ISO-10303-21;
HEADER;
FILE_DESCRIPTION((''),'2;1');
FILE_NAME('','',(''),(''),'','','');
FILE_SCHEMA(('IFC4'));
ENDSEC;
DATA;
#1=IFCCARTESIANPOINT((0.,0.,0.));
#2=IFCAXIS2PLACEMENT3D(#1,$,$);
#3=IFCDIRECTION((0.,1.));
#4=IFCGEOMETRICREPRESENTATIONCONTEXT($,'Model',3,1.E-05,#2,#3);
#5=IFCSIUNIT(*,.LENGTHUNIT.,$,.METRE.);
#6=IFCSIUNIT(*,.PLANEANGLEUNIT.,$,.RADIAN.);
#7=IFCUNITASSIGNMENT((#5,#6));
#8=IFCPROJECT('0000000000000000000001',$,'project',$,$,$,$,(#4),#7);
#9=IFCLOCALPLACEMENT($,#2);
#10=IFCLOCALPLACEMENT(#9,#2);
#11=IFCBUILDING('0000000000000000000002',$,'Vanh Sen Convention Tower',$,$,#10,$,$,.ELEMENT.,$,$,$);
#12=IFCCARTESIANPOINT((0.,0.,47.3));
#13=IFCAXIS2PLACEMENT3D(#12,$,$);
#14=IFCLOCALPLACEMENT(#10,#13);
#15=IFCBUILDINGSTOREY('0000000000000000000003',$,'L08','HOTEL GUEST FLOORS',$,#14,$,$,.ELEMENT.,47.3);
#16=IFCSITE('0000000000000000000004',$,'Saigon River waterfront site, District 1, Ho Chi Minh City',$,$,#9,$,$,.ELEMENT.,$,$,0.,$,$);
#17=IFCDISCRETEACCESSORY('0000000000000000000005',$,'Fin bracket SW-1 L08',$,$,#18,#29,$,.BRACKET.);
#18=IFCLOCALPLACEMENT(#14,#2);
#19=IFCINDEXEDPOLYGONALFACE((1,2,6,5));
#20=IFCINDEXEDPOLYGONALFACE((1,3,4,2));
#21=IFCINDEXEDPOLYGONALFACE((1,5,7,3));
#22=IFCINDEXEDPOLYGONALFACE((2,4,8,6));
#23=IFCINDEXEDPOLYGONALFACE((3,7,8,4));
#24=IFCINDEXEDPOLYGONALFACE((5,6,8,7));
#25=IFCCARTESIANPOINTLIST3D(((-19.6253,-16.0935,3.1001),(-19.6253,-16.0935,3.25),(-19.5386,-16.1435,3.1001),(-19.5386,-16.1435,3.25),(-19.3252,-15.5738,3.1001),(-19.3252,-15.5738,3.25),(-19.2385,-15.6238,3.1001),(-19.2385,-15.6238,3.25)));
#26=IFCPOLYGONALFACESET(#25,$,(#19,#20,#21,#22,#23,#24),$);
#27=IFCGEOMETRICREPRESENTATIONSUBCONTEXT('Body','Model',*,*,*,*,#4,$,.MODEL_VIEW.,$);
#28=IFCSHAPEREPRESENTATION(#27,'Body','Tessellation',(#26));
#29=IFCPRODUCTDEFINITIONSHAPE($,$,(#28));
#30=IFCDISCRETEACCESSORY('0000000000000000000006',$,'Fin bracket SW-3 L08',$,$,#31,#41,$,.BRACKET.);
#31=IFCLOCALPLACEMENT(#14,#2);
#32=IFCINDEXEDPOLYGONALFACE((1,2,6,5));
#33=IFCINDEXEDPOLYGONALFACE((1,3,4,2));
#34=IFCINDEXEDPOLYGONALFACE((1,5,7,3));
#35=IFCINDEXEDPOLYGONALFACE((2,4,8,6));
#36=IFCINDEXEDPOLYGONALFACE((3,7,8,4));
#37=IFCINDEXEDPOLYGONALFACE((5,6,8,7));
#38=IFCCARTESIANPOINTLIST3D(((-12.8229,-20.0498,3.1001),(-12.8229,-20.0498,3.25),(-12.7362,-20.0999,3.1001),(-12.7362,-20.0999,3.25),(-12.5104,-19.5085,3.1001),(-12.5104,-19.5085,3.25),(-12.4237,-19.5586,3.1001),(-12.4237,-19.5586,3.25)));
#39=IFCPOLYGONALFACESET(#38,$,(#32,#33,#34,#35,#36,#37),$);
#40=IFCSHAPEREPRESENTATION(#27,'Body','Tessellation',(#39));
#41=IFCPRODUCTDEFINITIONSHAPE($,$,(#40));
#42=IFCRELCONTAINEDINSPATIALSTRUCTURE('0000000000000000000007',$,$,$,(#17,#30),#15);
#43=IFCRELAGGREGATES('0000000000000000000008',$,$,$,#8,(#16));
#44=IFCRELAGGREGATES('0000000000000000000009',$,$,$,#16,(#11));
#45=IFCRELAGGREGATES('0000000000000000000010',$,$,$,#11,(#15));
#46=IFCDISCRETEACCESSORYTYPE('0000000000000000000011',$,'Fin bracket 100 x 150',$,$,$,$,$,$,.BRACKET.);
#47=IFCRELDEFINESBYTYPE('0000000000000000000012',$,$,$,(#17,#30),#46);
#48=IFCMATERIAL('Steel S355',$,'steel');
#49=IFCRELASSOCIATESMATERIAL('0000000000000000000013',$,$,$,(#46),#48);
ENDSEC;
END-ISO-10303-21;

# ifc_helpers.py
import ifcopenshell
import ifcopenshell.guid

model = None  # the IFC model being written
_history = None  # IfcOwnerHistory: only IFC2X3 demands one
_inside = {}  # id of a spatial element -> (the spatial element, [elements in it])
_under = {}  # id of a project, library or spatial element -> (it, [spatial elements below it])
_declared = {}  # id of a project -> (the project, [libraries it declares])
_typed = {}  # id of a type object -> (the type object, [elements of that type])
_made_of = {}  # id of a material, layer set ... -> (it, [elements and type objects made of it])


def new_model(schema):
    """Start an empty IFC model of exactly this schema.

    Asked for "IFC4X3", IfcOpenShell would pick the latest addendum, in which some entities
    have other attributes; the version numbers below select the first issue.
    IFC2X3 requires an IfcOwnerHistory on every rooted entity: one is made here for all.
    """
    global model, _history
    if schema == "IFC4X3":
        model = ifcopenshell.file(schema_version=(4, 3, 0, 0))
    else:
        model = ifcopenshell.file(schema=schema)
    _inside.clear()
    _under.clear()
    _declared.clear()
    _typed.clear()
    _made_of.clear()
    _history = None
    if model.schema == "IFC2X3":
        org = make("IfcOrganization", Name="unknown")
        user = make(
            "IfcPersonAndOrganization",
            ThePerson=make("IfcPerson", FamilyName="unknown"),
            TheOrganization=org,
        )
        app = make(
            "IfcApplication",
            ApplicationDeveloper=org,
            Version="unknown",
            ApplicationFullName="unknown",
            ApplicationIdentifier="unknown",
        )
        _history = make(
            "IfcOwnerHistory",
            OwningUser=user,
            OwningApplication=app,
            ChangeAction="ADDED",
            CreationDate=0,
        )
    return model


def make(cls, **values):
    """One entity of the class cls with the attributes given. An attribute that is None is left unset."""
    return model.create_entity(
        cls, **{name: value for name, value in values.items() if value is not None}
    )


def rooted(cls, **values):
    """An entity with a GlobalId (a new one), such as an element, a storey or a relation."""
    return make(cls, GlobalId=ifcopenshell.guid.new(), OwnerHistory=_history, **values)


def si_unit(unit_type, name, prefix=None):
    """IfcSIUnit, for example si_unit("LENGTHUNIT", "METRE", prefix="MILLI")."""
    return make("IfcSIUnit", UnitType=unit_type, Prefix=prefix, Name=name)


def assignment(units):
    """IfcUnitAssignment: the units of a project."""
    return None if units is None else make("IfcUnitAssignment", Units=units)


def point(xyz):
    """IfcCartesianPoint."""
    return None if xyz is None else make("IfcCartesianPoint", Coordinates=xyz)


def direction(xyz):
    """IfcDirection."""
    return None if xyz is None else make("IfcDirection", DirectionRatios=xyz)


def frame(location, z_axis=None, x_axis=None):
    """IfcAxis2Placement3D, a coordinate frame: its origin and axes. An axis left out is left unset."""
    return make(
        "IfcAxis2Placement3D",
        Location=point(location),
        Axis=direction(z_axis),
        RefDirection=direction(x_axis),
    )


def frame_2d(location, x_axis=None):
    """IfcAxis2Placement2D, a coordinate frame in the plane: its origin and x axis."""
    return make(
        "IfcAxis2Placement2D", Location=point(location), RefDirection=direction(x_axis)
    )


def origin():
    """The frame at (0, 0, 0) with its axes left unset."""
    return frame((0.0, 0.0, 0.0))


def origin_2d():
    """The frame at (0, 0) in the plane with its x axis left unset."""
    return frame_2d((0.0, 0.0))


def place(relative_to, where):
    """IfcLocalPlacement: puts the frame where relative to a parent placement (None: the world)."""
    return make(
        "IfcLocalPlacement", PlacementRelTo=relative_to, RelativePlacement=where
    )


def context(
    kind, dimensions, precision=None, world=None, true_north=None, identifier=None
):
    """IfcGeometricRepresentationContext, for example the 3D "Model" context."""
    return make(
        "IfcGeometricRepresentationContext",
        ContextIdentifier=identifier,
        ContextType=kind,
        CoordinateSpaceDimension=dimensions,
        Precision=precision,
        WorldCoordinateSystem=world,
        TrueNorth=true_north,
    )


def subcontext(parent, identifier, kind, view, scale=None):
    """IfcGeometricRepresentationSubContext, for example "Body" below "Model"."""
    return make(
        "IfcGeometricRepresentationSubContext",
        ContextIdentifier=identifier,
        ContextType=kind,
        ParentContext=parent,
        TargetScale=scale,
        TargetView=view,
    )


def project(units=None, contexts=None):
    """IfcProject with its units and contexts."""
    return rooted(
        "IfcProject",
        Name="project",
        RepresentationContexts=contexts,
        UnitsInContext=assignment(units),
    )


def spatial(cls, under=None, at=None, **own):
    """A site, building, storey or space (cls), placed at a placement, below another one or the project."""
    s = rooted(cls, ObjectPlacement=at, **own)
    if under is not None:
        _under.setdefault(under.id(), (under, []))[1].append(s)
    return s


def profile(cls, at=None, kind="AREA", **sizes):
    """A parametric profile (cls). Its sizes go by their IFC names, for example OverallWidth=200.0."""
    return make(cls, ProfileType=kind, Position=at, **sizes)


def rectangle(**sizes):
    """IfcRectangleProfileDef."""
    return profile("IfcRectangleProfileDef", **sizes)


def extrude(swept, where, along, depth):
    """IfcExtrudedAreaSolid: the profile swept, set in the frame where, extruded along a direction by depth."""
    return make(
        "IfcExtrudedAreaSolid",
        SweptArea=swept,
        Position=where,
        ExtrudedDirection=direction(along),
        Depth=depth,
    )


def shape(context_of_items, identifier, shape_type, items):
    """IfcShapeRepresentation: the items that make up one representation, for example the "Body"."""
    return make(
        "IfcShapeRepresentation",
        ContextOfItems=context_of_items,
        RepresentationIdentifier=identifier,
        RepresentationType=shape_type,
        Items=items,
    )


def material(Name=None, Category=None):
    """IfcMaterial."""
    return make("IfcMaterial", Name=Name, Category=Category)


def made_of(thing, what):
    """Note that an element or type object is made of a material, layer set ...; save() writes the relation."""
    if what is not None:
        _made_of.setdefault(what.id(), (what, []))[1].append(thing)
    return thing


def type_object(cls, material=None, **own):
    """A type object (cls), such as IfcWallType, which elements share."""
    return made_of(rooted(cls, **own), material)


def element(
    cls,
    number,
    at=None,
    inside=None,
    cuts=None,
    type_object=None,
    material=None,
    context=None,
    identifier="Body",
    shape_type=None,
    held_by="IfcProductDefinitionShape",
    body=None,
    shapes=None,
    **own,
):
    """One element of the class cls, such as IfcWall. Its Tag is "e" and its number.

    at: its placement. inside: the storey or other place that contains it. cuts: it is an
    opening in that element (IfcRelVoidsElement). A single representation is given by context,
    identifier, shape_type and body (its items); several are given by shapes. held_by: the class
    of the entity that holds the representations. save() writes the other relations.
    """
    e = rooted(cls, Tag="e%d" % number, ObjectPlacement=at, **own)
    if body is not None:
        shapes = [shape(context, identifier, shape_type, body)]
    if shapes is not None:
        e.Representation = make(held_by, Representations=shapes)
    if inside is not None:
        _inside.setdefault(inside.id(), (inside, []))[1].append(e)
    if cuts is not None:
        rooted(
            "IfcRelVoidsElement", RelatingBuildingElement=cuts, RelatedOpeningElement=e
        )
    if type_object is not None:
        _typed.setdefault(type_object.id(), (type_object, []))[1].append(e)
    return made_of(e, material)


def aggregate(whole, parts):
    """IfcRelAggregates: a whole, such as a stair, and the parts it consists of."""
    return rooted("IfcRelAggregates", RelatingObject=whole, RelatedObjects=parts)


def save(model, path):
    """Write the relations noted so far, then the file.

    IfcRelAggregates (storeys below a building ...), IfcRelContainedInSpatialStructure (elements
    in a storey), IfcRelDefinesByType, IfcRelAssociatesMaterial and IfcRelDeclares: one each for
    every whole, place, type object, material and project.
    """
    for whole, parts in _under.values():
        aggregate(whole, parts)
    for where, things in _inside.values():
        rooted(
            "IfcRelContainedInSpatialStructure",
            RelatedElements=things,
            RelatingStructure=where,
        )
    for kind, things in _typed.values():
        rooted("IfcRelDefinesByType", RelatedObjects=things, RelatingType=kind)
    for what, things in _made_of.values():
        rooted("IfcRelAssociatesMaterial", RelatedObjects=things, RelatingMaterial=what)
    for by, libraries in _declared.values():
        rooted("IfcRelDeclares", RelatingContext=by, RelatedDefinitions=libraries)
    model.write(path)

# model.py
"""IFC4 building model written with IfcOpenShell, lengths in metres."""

from ifc_helpers import new_model, si_unit, direction, frame, origin, origin_2d, place, context, subcontext, project, spatial, rectangle, extrude, material, type_object, element, save


model = new_model("IFC4")

# Units and contexts
model_context = context("Model", 3, precision=1e-05, world=origin(), true_north=direction((0.0, 1.0)))
body_context = subcontext(model_context, "Body", "Model", "MODEL_VIEW")
ifc_project = project(units=[si_unit("LENGTHUNIT", "METRE"), si_unit("PLANEANGLEUNIT", "RADIAN")], contexts=[model_context])

# Site, building, storey
site_placement = place(None, origin())
site = spatial("IfcSite", under=ifc_project, at=site_placement, Name="Saigon River waterfront site, District 1, Ho Chi Minh City", CompositionType="ELEMENT", RefElevation=0.0)
building_placement = place(site_placement, origin())
building = spatial("IfcBuilding", under=site, at=building_placement, Name="Vanh Sen Convention Tower", CompositionType="ELEMENT")
storey_placement = place(building_placement, frame((0.0, 0.0, 47.3)))
storey = spatial("IfcBuildingStorey", under=building, at=storey_placement, Name="L08", Description="HOTEL GUEST FLOORS", CompositionType="ELEMENT", Elevation=47.3)

# Discrete accessories
ifc_material_1 = material(Name="Steel S355", Category="steel")
discrete_accessory_type = type_object("IfcDiscreteAccessoryType", Name="Fin bracket 100 x 150", PredefinedType="BRACKET", material=ifc_material_1)
discrete_accessory_1_placement = place(storey_placement, frame((-19.4319, -15.8586, 3.1001), z_axis=(0.0, 0.0, 1.0), x_axis=(-0.5, -0.866025, 0.0)))
element("IfcDiscreteAccessory", 1, at=discrete_accessory_1_placement, inside=storey, type_object=discrete_accessory_type, Name="Fin bracket SW-1 L08", PredefinedType="BRACKET", context=body_context, shape_type="SweptSolid", body=[
    extrude(rectangle(XDim=0.6001, YDim=0.1001, at=origin_2d()), origin(), (0.0, 0.0, 1.0), 0.1499),
])
discrete_accessory_2_placement = place(storey_placement, frame((-12.6233, -19.8042, 3.1001), z_axis=(0.0, 0.0, 1.0), x_axis=(-0.5, -0.866025, 0.0)))
element("IfcDiscreteAccessory", 2, at=discrete_accessory_2_placement, inside=storey, type_object=discrete_accessory_type, Name="Fin bracket SW-3 L08", PredefinedType="BRACKET", context=body_context, shape_type="SweptSolid", body=[
    extrude(rectangle(XDim=0.625, YDim=0.1001, at=origin_2d()), origin(), (0.0, 0.0, 1.0), 0.1499),
])

save(model, "model.ifc")
